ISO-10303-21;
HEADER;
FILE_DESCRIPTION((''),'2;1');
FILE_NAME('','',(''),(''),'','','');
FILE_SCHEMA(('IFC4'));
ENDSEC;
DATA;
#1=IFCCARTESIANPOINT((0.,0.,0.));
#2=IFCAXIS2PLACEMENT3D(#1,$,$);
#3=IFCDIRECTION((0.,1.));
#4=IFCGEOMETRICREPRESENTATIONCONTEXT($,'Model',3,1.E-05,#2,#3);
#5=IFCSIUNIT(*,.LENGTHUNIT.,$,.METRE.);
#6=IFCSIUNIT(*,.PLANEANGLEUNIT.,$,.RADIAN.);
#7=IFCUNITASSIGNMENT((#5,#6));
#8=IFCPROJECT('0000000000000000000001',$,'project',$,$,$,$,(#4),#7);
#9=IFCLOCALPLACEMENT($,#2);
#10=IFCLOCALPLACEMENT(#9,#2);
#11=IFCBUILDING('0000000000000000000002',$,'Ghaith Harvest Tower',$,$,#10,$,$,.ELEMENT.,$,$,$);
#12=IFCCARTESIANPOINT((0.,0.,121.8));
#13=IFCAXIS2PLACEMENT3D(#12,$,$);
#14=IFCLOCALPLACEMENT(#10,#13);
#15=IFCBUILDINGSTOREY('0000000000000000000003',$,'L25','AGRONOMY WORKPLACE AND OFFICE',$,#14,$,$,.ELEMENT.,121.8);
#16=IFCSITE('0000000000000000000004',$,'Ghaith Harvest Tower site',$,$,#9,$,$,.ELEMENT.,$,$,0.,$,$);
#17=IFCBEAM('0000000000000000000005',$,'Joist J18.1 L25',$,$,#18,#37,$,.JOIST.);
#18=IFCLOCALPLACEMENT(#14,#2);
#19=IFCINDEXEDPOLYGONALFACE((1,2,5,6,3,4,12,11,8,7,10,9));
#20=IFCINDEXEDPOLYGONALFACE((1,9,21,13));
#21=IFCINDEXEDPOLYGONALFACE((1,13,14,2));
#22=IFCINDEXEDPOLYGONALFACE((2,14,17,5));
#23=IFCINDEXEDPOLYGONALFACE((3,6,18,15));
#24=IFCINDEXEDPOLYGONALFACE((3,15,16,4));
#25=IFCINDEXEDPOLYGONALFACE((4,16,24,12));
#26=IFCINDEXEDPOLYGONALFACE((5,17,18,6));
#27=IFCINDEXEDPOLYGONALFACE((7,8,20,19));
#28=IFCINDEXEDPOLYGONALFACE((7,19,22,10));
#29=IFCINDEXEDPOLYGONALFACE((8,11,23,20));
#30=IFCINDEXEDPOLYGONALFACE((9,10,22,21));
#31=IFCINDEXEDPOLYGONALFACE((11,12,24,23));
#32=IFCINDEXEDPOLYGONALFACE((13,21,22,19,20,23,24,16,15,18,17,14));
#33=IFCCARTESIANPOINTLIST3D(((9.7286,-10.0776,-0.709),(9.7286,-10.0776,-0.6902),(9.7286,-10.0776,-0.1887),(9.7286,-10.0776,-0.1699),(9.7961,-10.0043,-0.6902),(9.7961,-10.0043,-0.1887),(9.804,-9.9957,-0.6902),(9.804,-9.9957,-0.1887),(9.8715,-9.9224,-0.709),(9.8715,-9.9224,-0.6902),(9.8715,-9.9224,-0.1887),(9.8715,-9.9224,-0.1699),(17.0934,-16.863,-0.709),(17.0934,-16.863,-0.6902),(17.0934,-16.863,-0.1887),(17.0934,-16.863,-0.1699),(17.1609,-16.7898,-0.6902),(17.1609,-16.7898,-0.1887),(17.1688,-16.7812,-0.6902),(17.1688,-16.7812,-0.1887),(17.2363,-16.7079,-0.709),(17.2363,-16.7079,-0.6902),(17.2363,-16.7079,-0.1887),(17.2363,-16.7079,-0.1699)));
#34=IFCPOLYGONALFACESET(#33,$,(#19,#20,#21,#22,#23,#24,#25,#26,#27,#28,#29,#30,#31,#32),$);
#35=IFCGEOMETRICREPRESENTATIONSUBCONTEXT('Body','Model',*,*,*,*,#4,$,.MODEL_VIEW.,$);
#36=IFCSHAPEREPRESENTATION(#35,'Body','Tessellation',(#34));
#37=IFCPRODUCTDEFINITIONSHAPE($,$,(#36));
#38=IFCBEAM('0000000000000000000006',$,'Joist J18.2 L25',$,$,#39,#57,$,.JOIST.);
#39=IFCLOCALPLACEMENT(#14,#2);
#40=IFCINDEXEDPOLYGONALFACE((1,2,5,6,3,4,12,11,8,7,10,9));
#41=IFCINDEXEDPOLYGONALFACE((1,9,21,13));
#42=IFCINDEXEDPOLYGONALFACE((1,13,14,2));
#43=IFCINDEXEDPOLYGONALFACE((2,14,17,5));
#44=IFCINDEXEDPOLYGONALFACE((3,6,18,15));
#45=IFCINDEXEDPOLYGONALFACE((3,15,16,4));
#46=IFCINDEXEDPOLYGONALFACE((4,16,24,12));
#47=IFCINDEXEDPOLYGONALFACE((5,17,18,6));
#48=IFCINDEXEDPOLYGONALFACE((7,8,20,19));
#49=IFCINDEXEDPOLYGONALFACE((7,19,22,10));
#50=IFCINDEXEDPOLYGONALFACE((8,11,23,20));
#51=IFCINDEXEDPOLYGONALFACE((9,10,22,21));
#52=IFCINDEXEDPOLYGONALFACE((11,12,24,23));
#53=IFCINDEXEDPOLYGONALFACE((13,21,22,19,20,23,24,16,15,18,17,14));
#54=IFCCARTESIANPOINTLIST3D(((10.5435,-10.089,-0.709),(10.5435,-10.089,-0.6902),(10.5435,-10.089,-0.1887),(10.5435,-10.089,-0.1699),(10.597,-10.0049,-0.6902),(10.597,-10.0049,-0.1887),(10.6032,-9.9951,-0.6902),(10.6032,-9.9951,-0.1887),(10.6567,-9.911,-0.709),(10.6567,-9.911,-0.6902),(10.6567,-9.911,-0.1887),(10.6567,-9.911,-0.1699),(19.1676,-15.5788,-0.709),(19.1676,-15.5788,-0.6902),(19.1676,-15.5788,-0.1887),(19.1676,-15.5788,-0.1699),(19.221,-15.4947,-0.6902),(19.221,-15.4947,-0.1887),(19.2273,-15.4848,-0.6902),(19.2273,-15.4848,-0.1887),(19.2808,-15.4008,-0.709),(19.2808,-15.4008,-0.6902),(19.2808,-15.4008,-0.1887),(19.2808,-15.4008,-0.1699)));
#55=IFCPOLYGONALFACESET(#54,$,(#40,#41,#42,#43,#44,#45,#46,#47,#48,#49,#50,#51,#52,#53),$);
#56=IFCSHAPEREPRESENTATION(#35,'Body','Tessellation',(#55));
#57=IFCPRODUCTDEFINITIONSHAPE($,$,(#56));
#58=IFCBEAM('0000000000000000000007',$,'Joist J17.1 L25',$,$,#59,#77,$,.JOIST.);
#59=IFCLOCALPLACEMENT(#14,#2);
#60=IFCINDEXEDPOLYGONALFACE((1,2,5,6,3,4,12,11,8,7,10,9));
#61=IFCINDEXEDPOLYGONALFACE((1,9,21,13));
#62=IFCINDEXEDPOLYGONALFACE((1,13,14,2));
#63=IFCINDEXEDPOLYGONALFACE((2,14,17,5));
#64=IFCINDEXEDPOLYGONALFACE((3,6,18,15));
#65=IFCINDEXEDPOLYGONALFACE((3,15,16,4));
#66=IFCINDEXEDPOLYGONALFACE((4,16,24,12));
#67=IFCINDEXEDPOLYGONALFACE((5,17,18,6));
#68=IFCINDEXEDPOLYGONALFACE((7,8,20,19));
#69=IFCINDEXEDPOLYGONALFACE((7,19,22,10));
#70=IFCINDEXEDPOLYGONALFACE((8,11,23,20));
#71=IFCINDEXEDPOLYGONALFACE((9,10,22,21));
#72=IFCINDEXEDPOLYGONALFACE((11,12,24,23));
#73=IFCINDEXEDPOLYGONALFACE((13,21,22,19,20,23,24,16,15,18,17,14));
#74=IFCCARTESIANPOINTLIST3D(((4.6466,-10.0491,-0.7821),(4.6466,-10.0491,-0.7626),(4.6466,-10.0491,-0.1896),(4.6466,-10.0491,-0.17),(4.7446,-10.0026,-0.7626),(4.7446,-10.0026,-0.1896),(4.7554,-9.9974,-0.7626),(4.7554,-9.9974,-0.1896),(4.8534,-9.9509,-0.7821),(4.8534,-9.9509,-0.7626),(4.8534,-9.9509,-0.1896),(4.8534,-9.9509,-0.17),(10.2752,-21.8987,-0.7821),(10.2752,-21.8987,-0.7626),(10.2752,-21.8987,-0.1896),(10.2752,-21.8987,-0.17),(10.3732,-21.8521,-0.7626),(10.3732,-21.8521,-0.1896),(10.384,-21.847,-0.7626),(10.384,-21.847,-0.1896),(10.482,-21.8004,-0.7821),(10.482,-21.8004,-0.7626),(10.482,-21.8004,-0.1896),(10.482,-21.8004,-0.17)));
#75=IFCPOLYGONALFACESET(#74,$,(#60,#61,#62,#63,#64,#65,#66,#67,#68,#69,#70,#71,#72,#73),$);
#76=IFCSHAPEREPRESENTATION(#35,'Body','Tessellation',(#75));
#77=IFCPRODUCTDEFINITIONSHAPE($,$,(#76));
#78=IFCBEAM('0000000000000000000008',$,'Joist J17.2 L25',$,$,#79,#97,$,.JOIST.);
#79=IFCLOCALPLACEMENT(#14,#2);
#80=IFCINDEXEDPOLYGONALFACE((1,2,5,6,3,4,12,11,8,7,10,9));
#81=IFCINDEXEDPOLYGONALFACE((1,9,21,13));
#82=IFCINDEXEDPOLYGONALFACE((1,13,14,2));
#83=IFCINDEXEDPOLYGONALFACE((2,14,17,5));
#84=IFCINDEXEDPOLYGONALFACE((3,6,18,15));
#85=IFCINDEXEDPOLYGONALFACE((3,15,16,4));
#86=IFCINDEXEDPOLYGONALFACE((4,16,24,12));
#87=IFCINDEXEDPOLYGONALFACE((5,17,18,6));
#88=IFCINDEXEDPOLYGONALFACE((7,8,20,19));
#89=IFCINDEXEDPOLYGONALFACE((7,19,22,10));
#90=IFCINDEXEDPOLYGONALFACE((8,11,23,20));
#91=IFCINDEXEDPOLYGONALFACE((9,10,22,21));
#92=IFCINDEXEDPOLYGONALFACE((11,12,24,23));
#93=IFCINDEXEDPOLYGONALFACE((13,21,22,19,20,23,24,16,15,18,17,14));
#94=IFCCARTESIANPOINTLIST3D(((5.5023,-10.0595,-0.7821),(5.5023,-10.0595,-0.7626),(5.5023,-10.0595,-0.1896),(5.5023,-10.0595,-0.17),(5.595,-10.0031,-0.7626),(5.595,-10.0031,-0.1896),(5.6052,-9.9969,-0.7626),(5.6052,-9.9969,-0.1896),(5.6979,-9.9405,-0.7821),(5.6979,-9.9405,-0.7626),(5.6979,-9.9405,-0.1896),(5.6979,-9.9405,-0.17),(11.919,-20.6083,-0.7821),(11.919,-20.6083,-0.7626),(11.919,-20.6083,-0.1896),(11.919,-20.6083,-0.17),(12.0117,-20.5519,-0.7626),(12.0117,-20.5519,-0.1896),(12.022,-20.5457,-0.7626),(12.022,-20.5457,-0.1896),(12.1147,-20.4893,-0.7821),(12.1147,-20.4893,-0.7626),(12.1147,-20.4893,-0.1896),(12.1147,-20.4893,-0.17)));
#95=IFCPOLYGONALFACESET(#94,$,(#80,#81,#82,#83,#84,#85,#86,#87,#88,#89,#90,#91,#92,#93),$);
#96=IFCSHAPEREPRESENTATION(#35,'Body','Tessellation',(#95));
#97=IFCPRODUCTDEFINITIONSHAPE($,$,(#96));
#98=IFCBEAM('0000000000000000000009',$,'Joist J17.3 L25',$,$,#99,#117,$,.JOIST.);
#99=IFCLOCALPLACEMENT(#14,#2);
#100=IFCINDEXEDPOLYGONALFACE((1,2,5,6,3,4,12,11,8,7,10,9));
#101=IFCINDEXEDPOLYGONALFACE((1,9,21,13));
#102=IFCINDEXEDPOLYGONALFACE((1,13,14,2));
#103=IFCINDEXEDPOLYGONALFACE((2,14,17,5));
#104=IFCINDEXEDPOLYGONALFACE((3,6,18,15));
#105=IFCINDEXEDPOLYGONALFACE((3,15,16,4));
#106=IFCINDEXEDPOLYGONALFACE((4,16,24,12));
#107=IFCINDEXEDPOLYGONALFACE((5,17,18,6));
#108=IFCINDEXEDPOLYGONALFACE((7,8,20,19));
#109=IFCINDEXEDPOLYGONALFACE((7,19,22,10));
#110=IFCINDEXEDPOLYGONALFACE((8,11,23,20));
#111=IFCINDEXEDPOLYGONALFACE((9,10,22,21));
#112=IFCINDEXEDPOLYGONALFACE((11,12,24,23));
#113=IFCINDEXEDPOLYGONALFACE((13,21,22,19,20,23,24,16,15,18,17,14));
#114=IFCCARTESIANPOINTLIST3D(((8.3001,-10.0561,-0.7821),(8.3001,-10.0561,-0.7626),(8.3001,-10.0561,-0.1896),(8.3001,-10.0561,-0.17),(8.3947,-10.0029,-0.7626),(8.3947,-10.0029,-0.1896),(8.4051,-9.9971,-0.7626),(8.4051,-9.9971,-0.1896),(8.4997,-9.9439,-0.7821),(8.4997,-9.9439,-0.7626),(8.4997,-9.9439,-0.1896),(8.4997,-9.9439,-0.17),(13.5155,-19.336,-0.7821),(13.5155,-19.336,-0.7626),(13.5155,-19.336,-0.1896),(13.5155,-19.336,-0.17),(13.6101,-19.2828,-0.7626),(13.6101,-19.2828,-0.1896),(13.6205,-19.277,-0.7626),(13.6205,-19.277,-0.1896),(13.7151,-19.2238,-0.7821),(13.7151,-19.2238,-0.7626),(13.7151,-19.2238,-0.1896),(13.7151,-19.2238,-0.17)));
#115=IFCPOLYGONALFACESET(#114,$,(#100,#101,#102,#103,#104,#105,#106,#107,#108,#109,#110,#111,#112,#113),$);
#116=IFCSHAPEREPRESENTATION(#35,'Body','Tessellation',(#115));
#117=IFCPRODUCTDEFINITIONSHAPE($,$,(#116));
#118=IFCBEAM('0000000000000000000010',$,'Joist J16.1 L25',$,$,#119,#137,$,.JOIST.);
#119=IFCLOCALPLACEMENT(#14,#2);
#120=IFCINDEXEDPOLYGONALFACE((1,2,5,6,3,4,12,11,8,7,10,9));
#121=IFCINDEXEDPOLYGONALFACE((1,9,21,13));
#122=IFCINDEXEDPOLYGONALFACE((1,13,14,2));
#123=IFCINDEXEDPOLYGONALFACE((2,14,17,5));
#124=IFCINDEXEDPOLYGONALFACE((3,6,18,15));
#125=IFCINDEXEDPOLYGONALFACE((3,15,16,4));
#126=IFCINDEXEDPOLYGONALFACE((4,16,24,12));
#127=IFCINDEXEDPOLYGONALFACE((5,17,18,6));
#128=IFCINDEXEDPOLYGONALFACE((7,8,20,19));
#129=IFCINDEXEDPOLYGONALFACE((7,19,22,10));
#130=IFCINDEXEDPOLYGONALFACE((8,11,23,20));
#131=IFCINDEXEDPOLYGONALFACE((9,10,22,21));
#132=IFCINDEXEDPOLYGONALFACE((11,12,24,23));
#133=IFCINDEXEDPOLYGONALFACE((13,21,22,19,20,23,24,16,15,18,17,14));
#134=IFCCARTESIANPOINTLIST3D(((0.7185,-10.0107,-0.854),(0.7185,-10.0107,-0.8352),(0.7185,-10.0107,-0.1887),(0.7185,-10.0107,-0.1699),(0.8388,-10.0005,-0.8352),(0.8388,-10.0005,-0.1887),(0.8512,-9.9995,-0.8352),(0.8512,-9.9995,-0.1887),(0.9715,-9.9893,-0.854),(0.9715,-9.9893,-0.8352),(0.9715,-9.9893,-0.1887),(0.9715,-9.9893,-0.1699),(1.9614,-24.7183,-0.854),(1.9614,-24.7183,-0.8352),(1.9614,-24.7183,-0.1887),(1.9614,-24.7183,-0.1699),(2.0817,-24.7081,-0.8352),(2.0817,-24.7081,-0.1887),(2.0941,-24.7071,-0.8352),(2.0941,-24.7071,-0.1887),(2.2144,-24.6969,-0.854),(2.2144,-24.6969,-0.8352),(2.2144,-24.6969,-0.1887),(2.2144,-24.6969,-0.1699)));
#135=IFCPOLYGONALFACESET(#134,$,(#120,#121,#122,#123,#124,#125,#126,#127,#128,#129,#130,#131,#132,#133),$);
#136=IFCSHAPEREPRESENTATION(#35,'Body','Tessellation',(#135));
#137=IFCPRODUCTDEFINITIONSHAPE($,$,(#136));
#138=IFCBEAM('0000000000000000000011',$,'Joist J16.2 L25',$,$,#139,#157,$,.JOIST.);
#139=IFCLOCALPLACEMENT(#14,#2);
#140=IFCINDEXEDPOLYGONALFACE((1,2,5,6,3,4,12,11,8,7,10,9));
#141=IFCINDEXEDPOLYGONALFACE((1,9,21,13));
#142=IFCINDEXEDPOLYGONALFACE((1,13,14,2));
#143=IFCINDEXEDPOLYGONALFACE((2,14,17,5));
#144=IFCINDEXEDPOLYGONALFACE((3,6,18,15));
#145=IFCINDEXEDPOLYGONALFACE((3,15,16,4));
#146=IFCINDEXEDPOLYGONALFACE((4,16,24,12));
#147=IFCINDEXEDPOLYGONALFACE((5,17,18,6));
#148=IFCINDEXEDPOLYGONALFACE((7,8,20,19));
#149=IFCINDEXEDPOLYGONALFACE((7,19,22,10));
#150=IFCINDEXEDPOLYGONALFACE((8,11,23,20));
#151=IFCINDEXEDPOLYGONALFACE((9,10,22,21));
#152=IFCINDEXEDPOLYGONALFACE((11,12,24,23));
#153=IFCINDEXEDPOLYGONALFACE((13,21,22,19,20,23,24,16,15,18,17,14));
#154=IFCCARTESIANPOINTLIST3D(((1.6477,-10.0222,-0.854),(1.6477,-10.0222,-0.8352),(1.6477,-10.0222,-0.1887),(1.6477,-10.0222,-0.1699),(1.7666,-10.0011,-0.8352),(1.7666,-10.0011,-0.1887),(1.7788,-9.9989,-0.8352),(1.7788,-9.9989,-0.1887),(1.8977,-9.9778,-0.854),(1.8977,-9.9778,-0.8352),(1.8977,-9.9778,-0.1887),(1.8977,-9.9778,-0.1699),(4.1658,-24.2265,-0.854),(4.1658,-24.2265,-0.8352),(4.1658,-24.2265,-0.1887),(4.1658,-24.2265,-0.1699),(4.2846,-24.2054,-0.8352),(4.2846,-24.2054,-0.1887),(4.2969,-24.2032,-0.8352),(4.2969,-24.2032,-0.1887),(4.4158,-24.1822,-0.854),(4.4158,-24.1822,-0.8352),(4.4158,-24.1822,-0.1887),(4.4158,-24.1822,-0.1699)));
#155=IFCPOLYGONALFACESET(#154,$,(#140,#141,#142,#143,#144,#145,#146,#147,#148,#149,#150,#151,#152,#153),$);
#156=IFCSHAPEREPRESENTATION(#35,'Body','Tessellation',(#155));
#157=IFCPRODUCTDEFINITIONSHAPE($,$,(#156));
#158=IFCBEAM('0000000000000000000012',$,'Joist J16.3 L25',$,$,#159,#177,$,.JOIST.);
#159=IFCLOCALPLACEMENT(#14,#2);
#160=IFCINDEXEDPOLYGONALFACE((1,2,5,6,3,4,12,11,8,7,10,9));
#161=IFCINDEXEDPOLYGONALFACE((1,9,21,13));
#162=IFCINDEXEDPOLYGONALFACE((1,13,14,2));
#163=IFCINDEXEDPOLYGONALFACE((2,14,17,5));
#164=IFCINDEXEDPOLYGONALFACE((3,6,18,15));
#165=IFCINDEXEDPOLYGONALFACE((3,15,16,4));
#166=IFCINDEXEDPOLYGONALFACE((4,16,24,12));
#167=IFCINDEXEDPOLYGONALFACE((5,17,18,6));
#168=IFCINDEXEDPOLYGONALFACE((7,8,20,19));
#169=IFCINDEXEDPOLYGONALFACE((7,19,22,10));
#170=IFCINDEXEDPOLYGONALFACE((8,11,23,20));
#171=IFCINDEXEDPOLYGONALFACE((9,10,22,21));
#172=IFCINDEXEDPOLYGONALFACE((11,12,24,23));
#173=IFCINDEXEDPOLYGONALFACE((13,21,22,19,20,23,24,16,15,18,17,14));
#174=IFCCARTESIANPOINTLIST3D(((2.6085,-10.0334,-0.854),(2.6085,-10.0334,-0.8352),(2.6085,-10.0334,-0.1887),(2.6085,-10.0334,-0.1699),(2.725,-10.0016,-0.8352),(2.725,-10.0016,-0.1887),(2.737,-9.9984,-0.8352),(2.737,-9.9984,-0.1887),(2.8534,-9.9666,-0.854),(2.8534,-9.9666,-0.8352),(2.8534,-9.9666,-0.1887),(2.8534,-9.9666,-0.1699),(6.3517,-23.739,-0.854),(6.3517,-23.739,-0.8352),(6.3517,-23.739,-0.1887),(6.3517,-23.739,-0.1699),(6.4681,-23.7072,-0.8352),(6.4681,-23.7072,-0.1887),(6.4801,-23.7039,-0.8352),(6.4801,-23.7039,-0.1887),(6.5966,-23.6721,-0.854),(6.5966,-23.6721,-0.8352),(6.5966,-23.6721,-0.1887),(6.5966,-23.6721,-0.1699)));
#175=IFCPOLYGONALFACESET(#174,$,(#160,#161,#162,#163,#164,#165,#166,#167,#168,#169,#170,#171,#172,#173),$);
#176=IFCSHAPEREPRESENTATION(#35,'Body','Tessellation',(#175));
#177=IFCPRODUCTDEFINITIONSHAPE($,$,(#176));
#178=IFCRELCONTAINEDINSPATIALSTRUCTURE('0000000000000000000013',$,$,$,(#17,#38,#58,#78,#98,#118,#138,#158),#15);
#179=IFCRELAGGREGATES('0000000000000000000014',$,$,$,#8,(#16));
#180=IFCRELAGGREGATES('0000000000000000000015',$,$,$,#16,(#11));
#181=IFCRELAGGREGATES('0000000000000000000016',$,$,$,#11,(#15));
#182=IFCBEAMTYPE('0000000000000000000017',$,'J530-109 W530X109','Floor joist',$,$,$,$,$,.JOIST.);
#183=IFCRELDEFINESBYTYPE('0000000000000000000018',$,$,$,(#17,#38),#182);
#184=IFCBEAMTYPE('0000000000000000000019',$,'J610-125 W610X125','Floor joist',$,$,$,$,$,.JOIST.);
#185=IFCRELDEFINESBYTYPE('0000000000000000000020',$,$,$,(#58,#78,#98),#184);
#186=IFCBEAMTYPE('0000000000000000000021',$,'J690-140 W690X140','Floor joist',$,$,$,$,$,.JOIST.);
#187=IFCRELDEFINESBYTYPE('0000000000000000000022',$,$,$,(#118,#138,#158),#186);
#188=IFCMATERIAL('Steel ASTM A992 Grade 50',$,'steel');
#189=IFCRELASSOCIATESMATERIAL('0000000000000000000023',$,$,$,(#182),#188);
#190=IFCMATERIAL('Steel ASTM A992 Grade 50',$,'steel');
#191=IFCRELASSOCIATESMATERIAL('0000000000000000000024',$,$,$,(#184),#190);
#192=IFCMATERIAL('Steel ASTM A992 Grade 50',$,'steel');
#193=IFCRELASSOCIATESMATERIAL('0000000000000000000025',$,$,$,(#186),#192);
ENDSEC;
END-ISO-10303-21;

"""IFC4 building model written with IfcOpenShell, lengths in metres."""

from ifc_helpers import new_model, si_unit, direction, frame, origin, origin_2d, place, context, subcontext, project, spatial, i_section, extrude, material, material_profile, profile_set, type_object, element, save


model = new_model("IFC4")

# Units and contexts
model_context = context("Model", 3, precision=1e-05, world=origin(), true_north=direction((0.0, 1.0)))
body_context = subcontext(model_context, "Body", "Model", "MODEL_VIEW")
ifc_project = project(units=[si_unit("LENGTHUNIT", "METRE"), si_unit("PLANEANGLEUNIT", "RADIAN")], contexts=[model_context])

# Site, building, storey
site_placement = place(None, origin())
site = spatial("IfcSite", under=ifc_project, at=site_placement, Name="Ghaith Harvest Tower site", CompositionType="ELEMENT", RefElevation=0.0)
building_placement = place(site_placement, origin())
building = spatial("IfcBuilding", under=site, at=building_placement, Name="Ghaith Harvest Tower", CompositionType="ELEMENT")
storey_placement = place(building_placement, frame((0.0, 0.0, 121.8)))
storey = spatial("IfcBuildingStorey", under=building, at=storey_placement, Name="L25", Description="AGRONOMY WORKPLACE AND OFFICE", CompositionType="ELEMENT", Elevation=121.8)

# Beams
ifc_material_1 = material(Name="Steel ASTM A992 Grade 50", Category="steel")
ifc_material_profile_1 = material_profile(ifc_material_1, i_section(OverallWidth=0.2109, OverallDepth=0.5391, WebThickness=0.0117, FlangeThickness=0.0188, at=origin_2d()), Name="W530X109")
ifc_profile_set_1 = profile_set([ifc_material_profile_1], Name="Steel ASTM A992 Grade 50")
beam_type_1 = type_object("IfcBeamType", Name="J530-109 W530X109", Description="Floor joist", PredefinedType="JOIST", material=ifc_profile_set_1)
beam_1_placement = place(storey_placement, frame((9.8, -10.0, -0.4395), z_axis=(0.735442, -0.677588, 0.0), x_axis=(0.677588, 0.735442, 0.0)))
element("IfcBeam", 1, at=beam_1_placement, inside=storey, type_object=beam_type_1, Name="Joist J18.1 L25", PredefinedType="JOIST", context=body_context, shape_type="SweptSolid", body=[
    extrude(i_section(OverallWidth=0.2109, OverallDepth=0.5391, WebThickness=0.0117, FlangeThickness=0.0188, at=origin_2d()), origin(), (0.0, 0.0, 1.0), 10.0142),
])
beam_2_placement = place(storey_placement, frame((10.6001, -10.0, -0.4395), z_axis=(0.843585, -0.536996, 0.0), x_axis=(0.536996, 0.843585, 0.0)))
element("IfcBeam", 2, at=beam_2_placement, inside=storey, type_object=beam_type_1, Name="Joist J18.2 L25", PredefinedType="JOIST", context=body_context, shape_type="SweptSolid", body=[
    extrude(i_section(OverallWidth=0.2109, OverallDepth=0.5391, WebThickness=0.0117, FlangeThickness=0.0188, at=origin_2d()), origin(), (0.0, 0.0, 1.0), 10.2231),
])
ifc_material_2 = material(Name="Steel ASTM A992 Grade 50", Category="steel")
ifc_material_profile_2 = material_profile(ifc_material_2, i_section(OverallWidth=0.229, OverallDepth=0.6121, WebThickness=0.012, FlangeThickness=0.0195, at=origin_2d()), Name="W610X125")
ifc_profile_set_2 = profile_set([ifc_material_profile_2], Name="Steel ASTM A992 Grade 50")
beam_type_2 = type_object("IfcBeamType", Name="J610-125 W610X125", Description="Floor joist", PredefinedType="JOIST", material=ifc_profile_set_2)
beam_3_placement = place(storey_placement, frame((4.75, -10.0, -0.4761), z_axis=(0.429063, -0.903275, 0.0), x_axis=(0.903275, 0.429063, 0.0)))
element("IfcBeam", 3, at=beam_3_placement, inside=storey, type_object=beam_type_2, Name="Joist J17.1 L25", PredefinedType="JOIST", context=body_context, shape_type="SweptSolid", body=[
    extrude(i_section(OverallWidth=0.229, OverallDepth=0.6121, WebThickness=0.012, FlangeThickness=0.0195, at=origin_2d()), origin(), (0.0, 0.0, 1.0), 13.1184),
])
beam_4_placement = place(storey_placement, frame((5.6001, -10.0, -0.4761), z_axis=(0.519694, -0.854352, 0.0), x_axis=(0.854352, 0.519694, 0.0)))
element("IfcBeam", 4, at=beam_4_placement, inside=storey, type_object=beam_type_2, Name="Joist J17.2 L25", PredefinedType="JOIST", context=body_context, shape_type="SweptSolid", body=[
    extrude(i_section(OverallWidth=0.229, OverallDepth=0.6121, WebThickness=0.012, FlangeThickness=0.0195, at=origin_2d()), origin(), (0.0, 0.0, 1.0), 12.3472),
])
beam_5_placement = place(storey_placement, frame((8.3999, -10.0, -0.4761), z_axis=(0.489937, -0.871758, 0.0), x_axis=(0.871758, 0.489937, 0.0)))
element("IfcBeam", 5, at=beam_5_placement, inside=storey, type_object=beam_type_2, Name="Joist J17.3 L25", PredefinedType="JOIST", context=body_context, shape_type="SweptSolid", body=[
    extrude(i_section(OverallWidth=0.229, OverallDepth=0.6121, WebThickness=0.012, FlangeThickness=0.0195, at=origin_2d()), origin(), (0.0, 0.0, 1.0), 10.645),
])
ifc_material_3 = material(Name="Steel ASTM A992 Grade 50", Category="steel")
ifc_material_profile_3 = material_profile(ifc_material_3, i_section(OverallWidth=0.2539, OverallDepth=0.6841, WebThickness=0.0125, FlangeThickness=0.0188, at=origin_2d()), Name="W690X140")
ifc_profile_set_3 = profile_set([ifc_material_profile_3], Name="Steel ASTM A992 Grade 50")
beam_type_3 = type_object("IfcBeamType", Name="J690-140 W690X140", Description="Floor joist", PredefinedType="JOIST", material=ifc_profile_set_3)
beam_6_placement = place(storey_placement, frame((0.845, -10.0, -0.512), z_axis=(0.084209, -0.996448, 0.0), x_axis=(0.996448, 0.084209, 0.0)))
element("IfcBeam", 6, at=beam_6_placement, inside=storey, type_object=beam_type_3, Name="Joist J16.1 L25", PredefinedType="JOIST", context=body_context, shape_type="SweptSolid", body=[
    extrude(i_section(OverallWidth=0.2539, OverallDepth=0.6841, WebThickness=0.0125, FlangeThickness=0.0188, at=origin_2d()), origin(), (0.0, 0.0, 1.0), 14.76),
])
beam_7_placement = place(storey_placement, frame((1.7727, -10.0, -0.512), z_axis=(0.174553, -0.984648, 0.0), x_axis=(0.984648, 0.174553, 0.0)))
element("IfcBeam", 7, at=beam_7_placement, inside=storey, type_object=beam_type_3, Name="Joist J16.2 L25", PredefinedType="JOIST", context=body_context, shape_type="SweptSolid", body=[
    extrude(i_section(OverallWidth=0.2539, OverallDepth=0.6841, WebThickness=0.0125, FlangeThickness=0.0188, at=origin_2d()), origin(), (0.0, 0.0, 1.0), 14.4258),
])
beam_8_placement = place(storey_placement, frame((2.731, -10.0, -0.512), z_axis=(0.263463, -0.964669, 0.0), x_axis=(0.964669, 0.263463, 0.0)))
element("IfcBeam", 8, at=beam_8_placement, inside=storey, type_object=beam_type_3, Name="Joist J16.3 L25", PredefinedType="JOIST", context=body_context, shape_type="SweptSolid", body=[
    extrude(i_section(OverallWidth=0.2539, OverallDepth=0.6841, WebThickness=0.0125, FlangeThickness=0.0188, at=origin_2d()), origin(), (0.0, 0.0, 1.0), 14.2075),
])

save(model, "model.ifc")
